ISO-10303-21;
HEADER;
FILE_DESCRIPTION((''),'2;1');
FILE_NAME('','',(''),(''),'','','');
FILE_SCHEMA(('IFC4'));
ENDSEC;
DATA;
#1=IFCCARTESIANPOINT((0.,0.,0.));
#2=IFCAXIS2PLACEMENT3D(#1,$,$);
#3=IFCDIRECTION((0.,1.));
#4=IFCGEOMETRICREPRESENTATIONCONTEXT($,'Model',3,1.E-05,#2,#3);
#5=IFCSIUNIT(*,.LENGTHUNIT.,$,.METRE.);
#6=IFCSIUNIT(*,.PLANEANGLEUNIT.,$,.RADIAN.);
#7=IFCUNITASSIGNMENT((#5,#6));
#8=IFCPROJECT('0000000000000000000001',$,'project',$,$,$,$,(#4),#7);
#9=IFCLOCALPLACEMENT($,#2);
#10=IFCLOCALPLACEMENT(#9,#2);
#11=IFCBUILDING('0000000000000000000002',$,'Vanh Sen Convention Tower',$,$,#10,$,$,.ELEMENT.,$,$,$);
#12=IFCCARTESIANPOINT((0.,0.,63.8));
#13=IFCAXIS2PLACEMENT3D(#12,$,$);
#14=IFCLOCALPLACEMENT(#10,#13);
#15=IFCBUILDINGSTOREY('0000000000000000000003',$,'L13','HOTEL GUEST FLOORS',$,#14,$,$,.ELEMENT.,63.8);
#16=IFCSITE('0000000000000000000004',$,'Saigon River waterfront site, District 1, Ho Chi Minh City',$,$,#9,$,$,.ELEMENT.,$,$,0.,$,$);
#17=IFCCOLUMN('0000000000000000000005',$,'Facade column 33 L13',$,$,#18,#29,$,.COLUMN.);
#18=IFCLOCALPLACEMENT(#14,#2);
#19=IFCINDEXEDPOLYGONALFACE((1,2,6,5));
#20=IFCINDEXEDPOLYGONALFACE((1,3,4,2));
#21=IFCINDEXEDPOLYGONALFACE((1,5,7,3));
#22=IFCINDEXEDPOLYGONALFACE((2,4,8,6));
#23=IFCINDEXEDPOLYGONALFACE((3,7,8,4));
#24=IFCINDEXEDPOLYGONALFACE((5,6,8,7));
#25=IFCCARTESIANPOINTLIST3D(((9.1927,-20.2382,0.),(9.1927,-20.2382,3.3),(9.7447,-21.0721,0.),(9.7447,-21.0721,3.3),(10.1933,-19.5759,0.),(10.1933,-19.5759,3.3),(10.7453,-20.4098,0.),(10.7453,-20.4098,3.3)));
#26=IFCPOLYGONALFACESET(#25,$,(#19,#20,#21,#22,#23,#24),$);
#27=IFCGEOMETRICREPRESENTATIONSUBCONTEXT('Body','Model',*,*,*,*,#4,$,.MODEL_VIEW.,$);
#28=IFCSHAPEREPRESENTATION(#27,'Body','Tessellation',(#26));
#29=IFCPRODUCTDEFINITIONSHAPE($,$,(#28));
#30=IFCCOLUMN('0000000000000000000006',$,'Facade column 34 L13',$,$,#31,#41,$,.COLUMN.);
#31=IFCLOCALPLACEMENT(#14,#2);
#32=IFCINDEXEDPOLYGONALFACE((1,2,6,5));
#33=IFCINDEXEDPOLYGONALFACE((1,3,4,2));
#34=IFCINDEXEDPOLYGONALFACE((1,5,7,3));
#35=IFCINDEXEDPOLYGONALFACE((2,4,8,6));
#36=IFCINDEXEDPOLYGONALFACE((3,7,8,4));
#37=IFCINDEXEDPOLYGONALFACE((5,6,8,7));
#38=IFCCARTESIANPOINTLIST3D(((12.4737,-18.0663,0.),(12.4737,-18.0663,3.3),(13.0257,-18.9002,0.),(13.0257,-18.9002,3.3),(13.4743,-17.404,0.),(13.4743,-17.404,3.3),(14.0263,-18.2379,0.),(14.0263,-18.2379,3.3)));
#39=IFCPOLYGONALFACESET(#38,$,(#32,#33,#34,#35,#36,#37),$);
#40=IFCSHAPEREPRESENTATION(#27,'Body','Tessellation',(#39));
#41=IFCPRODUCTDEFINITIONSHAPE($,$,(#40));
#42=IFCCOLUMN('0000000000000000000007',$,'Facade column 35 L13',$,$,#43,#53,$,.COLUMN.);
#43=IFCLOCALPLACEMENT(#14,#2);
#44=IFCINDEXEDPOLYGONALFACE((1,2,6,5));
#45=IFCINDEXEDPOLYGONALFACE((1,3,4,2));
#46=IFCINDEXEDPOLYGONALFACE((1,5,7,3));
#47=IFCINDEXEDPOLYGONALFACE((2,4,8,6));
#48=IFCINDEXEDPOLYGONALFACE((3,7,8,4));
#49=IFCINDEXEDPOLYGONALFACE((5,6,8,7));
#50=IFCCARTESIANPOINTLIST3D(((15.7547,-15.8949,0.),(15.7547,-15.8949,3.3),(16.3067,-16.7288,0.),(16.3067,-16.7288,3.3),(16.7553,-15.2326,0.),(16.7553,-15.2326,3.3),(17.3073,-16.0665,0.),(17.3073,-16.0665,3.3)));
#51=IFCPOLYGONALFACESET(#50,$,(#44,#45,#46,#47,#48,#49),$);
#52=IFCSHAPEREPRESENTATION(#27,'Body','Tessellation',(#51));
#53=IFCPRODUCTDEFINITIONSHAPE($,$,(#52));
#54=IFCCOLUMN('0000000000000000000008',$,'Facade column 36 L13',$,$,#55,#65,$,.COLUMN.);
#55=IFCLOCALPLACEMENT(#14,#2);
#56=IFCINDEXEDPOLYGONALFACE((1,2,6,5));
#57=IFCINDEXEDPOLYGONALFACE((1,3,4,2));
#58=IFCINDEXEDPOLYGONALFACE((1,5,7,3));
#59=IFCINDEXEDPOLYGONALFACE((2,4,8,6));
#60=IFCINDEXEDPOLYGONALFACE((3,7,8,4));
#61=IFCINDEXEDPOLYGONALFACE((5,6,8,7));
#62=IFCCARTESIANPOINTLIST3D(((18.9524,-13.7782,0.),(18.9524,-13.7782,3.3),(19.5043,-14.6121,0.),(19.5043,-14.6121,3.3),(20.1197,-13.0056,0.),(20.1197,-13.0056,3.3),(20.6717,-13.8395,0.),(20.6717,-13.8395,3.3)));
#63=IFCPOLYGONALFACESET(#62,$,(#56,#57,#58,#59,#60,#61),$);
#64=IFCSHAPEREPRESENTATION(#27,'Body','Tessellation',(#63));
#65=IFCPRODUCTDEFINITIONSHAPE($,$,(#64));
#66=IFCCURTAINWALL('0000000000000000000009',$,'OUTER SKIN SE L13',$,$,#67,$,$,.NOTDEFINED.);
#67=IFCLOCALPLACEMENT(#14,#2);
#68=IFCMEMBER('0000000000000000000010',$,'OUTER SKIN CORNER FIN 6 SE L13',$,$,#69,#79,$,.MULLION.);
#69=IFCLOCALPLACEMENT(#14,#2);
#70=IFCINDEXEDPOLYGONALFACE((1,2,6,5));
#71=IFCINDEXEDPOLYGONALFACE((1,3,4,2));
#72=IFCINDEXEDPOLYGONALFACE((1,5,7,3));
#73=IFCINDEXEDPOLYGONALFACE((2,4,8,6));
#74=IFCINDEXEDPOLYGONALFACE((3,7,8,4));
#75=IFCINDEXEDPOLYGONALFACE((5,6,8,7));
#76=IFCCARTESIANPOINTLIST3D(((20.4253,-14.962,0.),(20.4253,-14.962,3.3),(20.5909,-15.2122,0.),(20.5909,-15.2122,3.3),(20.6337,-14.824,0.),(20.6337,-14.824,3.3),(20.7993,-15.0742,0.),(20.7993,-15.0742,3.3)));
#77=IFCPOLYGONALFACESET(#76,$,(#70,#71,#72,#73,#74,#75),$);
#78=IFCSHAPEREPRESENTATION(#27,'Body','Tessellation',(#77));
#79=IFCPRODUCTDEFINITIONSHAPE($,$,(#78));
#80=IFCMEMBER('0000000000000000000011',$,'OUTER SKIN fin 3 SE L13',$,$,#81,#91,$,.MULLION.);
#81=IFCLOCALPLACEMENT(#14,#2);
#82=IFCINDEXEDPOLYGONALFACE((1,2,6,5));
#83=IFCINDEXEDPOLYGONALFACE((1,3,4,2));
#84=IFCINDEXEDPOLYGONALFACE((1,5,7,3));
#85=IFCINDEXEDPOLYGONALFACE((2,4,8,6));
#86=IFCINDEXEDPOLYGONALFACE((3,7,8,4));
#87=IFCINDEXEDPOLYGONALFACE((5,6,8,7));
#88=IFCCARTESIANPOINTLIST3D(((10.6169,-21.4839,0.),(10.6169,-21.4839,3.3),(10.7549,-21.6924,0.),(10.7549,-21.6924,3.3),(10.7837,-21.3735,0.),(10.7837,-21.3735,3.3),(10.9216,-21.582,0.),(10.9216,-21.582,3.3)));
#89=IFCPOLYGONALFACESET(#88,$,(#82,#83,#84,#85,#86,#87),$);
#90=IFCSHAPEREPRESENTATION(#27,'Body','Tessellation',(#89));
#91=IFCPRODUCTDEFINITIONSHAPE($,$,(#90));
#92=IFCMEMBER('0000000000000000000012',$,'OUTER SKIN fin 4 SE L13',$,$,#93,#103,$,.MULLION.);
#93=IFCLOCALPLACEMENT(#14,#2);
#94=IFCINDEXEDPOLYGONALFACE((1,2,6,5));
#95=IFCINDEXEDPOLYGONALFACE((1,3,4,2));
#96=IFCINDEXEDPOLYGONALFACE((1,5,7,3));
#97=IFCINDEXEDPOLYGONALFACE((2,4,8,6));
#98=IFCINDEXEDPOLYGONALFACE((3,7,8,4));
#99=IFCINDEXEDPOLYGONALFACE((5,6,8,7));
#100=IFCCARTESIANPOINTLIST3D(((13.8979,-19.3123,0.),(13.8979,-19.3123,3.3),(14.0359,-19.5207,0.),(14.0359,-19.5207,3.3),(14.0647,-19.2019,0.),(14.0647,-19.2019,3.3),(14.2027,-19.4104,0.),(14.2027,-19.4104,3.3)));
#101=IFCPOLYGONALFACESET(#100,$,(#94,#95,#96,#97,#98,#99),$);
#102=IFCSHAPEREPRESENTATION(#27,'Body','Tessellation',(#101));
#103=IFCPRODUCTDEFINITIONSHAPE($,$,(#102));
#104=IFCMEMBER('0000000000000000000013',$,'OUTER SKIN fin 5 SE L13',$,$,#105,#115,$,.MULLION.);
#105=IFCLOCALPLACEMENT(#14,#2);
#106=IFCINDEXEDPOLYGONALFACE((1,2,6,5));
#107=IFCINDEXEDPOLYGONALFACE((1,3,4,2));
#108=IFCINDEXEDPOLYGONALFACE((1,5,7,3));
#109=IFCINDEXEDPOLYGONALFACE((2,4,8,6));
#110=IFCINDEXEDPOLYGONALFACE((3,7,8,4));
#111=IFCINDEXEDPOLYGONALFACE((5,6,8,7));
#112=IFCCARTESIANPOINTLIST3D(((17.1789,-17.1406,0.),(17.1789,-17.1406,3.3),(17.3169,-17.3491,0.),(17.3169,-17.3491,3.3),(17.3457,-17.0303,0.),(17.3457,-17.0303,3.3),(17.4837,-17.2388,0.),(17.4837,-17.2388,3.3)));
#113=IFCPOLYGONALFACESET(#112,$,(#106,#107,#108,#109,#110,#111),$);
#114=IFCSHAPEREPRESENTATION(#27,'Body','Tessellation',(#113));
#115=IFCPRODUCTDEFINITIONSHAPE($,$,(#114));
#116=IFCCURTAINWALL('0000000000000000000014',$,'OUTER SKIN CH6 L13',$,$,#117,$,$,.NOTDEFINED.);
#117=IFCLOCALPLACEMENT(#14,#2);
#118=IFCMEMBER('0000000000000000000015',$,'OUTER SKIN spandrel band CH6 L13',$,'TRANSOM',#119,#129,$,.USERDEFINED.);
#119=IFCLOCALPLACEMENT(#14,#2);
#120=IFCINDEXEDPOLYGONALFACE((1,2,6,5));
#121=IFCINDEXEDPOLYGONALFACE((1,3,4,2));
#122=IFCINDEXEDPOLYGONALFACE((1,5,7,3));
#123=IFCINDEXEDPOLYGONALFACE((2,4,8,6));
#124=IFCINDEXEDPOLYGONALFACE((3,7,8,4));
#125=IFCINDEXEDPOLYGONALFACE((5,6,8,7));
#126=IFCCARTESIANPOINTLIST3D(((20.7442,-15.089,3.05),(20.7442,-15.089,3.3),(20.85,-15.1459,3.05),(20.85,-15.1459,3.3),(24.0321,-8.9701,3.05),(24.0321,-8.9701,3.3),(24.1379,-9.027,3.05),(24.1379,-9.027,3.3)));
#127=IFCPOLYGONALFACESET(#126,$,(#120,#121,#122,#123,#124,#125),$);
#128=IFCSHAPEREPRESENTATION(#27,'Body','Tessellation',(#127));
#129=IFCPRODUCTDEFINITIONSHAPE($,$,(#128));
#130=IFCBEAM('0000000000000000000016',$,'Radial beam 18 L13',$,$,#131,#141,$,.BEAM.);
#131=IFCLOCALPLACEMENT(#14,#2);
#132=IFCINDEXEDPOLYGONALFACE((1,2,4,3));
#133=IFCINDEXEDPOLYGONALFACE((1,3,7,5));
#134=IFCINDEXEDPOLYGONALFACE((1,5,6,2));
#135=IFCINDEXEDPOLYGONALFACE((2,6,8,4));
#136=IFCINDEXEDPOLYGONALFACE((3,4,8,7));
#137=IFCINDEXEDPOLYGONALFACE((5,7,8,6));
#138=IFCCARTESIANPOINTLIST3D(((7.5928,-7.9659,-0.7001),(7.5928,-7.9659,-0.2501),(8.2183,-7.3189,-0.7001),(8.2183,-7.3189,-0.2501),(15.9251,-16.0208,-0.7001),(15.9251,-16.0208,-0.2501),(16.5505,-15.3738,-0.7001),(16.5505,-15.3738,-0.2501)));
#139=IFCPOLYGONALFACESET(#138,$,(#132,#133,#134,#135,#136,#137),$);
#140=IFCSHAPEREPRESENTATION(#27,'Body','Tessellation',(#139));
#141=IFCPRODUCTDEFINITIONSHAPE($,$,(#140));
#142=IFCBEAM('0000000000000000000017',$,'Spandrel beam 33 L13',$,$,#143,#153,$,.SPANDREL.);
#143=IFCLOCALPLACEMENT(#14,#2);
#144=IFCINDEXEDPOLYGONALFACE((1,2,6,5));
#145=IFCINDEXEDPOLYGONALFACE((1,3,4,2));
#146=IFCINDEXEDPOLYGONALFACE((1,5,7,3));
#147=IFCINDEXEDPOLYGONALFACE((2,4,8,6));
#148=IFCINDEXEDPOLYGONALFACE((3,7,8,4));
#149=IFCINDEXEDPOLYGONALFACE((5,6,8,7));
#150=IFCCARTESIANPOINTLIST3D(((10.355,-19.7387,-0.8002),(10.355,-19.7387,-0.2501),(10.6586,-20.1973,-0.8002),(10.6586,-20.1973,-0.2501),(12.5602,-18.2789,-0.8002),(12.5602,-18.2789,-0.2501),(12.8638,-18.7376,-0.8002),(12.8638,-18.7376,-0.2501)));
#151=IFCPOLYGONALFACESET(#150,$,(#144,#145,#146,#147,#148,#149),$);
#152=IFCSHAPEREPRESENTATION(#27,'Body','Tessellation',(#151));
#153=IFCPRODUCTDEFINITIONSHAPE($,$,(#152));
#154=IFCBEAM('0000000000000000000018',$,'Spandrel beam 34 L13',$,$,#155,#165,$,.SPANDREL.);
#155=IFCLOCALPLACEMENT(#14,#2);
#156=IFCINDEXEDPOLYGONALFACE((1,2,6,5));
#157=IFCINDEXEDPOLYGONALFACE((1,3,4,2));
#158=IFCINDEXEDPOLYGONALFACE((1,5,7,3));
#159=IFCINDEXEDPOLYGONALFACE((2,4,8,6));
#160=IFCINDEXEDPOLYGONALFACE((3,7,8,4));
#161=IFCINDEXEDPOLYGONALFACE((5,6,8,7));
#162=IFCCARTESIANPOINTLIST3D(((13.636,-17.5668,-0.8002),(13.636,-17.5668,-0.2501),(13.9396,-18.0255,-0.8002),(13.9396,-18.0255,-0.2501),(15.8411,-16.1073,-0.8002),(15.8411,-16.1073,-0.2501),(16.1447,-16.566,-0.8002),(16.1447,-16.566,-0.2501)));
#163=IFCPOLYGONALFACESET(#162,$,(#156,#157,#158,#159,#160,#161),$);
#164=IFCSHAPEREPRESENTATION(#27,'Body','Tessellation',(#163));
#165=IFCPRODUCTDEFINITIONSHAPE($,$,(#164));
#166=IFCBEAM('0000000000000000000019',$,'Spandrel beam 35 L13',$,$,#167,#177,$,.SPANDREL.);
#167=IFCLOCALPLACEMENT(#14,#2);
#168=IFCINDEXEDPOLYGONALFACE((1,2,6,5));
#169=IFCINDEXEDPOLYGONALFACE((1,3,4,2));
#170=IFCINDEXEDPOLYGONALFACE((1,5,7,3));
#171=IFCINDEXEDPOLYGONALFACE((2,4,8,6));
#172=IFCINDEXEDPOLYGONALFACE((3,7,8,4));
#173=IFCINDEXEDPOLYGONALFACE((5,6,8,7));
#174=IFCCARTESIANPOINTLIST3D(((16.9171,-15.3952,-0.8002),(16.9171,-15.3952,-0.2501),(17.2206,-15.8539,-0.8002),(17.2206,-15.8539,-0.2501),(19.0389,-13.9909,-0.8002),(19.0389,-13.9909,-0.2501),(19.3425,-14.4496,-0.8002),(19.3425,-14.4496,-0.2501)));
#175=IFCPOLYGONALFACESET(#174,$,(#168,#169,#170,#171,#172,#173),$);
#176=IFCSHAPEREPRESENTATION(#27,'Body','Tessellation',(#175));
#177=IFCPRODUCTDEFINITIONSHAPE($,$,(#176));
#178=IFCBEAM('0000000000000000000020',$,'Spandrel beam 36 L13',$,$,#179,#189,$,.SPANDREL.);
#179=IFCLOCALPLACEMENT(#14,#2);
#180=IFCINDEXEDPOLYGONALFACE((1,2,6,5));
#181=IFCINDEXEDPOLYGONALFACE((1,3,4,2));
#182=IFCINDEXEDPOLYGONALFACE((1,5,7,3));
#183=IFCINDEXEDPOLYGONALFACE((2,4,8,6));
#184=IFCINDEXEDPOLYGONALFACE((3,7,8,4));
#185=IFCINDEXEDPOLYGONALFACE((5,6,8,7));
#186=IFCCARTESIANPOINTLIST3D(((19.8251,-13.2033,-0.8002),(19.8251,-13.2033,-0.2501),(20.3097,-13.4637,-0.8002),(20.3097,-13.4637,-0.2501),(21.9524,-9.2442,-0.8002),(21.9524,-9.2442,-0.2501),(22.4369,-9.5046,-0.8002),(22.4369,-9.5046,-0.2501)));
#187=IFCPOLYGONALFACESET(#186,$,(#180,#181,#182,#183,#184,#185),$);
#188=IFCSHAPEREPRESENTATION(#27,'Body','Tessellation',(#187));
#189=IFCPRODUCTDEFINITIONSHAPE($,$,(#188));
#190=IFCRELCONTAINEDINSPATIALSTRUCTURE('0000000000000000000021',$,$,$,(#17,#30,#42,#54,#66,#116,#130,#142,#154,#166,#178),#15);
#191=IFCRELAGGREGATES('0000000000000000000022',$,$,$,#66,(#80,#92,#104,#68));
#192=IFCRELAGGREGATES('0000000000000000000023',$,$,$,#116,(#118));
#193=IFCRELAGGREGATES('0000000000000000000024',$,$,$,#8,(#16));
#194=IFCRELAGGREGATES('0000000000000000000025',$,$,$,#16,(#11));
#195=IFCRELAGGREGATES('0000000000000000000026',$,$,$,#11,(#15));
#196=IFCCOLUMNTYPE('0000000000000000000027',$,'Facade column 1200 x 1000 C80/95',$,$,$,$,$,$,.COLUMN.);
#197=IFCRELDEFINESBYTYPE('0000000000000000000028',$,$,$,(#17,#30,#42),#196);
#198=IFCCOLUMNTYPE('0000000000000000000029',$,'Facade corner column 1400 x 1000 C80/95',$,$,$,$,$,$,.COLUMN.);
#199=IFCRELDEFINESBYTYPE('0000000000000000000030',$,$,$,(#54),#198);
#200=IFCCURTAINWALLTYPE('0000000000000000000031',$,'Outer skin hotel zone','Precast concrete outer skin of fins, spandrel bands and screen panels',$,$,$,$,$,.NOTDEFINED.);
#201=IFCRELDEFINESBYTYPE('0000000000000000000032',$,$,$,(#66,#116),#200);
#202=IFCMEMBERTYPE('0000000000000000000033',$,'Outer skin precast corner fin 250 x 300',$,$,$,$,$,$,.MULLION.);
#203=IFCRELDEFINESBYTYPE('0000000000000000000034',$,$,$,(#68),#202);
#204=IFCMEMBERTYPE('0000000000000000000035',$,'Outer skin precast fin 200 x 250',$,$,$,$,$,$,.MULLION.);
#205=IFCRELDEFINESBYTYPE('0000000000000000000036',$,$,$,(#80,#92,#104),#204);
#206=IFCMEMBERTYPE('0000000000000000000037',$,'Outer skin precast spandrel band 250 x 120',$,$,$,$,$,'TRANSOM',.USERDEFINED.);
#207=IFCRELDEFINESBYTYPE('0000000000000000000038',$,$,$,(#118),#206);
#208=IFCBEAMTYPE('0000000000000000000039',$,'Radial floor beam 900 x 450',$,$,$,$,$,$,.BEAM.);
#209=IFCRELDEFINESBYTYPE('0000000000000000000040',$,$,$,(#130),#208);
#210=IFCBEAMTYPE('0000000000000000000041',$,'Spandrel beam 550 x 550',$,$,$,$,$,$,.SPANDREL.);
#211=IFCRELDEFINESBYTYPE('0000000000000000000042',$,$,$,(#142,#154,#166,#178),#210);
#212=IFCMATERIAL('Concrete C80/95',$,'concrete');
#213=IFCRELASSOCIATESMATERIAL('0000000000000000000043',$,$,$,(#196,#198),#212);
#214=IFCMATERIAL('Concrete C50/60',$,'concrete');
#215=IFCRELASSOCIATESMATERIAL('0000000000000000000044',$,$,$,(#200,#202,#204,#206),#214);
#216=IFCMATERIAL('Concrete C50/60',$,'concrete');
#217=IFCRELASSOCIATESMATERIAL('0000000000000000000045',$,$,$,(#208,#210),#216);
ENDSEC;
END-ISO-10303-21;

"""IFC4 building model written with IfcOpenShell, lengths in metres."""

from ifc_helpers import new_model, si_unit, direction, frame, origin, origin_2d, place, context, subcontext, project, spatial, rectangle, extrude, material, material_profile, profile_set, type_object, element, aggregate, save


model = new_model("IFC4")

# Units and contexts
model_context = context("Model", 3, precision=1e-05, world=origin(), true_north=direction((0.0, 1.0)))
body_context = subcontext(model_context, "Body", "Model", "MODEL_VIEW")
ifc_project = project(units=[si_unit("LENGTHUNIT", "METRE"), si_unit("PLANEANGLEUNIT", "RADIAN")], contexts=[model_context])

# Site, building, storey
site_placement = place(None, origin())
site = spatial("IfcSite", under=ifc_project, at=site_placement, Name="Saigon River waterfront site, District 1, Ho Chi Minh City", CompositionType="ELEMENT", RefElevation=0.0)
building_placement = place(site_placement, origin())
building = spatial("IfcBuilding", under=site, at=building_placement, Name="Vanh Sen Convention Tower", CompositionType="ELEMENT")
storey_placement = place(building_placement, frame((0.0, 0.0, 63.8)))
storey = spatial("IfcBuildingStorey", under=building, at=storey_placement, Name="L13", Description="HOTEL GUEST FLOORS", CompositionType="ELEMENT", Elevation=63.8)

# Columns
ifc_material_1 = material(Name="Concrete C80/95", Category="concrete")
ifc_material_profile_1 = material_profile(ifc_material_1, rectangle(XDim=1.2, YDim=1.0, at=origin_2d()), Name="RC 1200X1000")
ifc_profile_set_1 = profile_set([ifc_material_profile_1], Name="Concrete C80/95")
column_type_1 = type_object("IfcColumnType", Name="Facade column 1200 x 1000 C80/95", PredefinedType="COLUMN", material=ifc_profile_set_1)
for number, where, z_axis, x_axis, name in (
    (1, (9.969, -20.324, 0.0), (0.0, 0.0, 1.0), (0.833886, 0.551937, 0.0), "Facade column 33 L13"),
    (2, (13.25, -18.1521, 0.0), (0.0, 0.0, 1.0), (0.833886, 0.551937, 0.0), "Facade column 34 L13"),
    (3, (16.531, -15.9807, 0.0), (0.0, 0.0, 1.0), (0.833886, 0.551937, 0.0), "Facade column 35 L13"),
):
    element("IfcColumn", number, at=place(storey_placement, frame(where, z_axis=z_axis, x_axis=x_axis)), inside=storey, type_object=column_type_1, Name=name, PredefinedType="COLUMN", context=body_context, shape_type="SweptSolid", body=[
        extrude(rectangle(XDim=1.2, YDim=1.0, at=origin_2d()), origin(), (0.0, 0.0, 1.0), 3.3),
    ])
ifc_material_profile_2 = material_profile(ifc_material_1, rectangle(XDim=1.3999, YDim=1.0, at=origin_2d()), Name="RC 1400X1000")
ifc_profile_set_2 = profile_set([ifc_material_profile_2], Name="Concrete C80/95")
column_type_2 = type_object("IfcColumnType", Name="Facade corner column 1400 x 1000 C80/95", PredefinedType="COLUMN", material=ifc_profile_set_2)
column_placement = place(storey_placement, frame((19.812, -13.8088, 0.0), z_axis=(0.0, 0.0, 1.0), x_axis=(0.833886, 0.551937, 0.0)))
element("IfcColumn", 4, at=column_placement, inside=storey, type_object=column_type_2, Name="Facade column 36 L13", PredefinedType="COLUMN", context=body_context, shape_type="SweptSolid", body=[
    extrude(rectangle(XDim=1.3999, YDim=1.0, at=origin_2d()), origin(), (0.0, 0.0, 1.0), 3.3),
])

# Curtain wall, members
ifc_material_2 = material(Name="Concrete C50/60", Category="concrete")
curtain_wall_type = type_object("IfcCurtainWallType", Name="Outer skin hotel zone", Description="Precast concrete outer skin of fins, spandrel bands and screen panels", PredefinedType="NOTDEFINED", material=ifc_material_2)
curtain_wall_1_placement = place(storey_placement, origin())
curtain_wall_1 = element("IfcCurtainWall", 5, at=curtain_wall_1_placement, inside=storey, type_object=curtain_wall_type, Name="OUTER SKIN SE L13", PredefinedType="NOTDEFINED")
ifc_material_profile_3 = material_profile(ifc_material_2, rectangle(XDim=0.25, YDim=0.3, at=origin_2d()), Name="Outer skin precast corner fin 250 x 300")
ifc_profile_set_3 = profile_set([ifc_material_profile_3], Name="Concrete C50/60")
member_type_1 = type_object("IfcMemberType", Name="Outer skin precast corner fin 250 x 300", PredefinedType="MULLION", material=ifc_profile_set_3)
member_1_placement = place(storey_placement, frame((20.6123, -15.0181, 0.0), z_axis=(0.0, 0.0, 1.0), x_axis=(0.833886, 0.551937, 0.0)))
member_1 = element("IfcMember", 6, at=member_1_placement, type_object=member_type_1, Name="OUTER SKIN CORNER FIN 6 SE L13", PredefinedType="MULLION", context=body_context, shape_type="SweptSolid", body=[
    extrude(rectangle(XDim=0.25, YDim=0.3, at=origin_2d()), origin(), (0.0, 0.0, 1.0), 3.3),
])
ifc_material_profile_4 = material_profile(ifc_material_2, rectangle(XDim=0.2, YDim=0.25, at=origin_2d()), Name="Outer skin precast fin 200 x 250")
ifc_profile_set_4 = profile_set([ifc_material_profile_4], Name="Concrete C50/60")
member_type_2 = type_object("IfcMemberType", Name="Outer skin precast fin 200 x 250", PredefinedType="MULLION", material=ifc_profile_set_4)
member_2_placement = place(storey_placement, frame((10.7693, -21.533, 0.0), z_axis=(0.0, 0.0, 1.0), x_axis=(0.833886, 0.551937, 0.0)))
member_2 = element("IfcMember", 7, at=member_2_placement, type_object=member_type_2, Name="OUTER SKIN fin 3 SE L13", PredefinedType="MULLION", context=body_context, shape_type="SweptSolid", body=[
    extrude(rectangle(XDim=0.2, YDim=0.25, at=origin_2d()), origin(), (0.0, 0.0, 1.0), 3.3),
])
member_3_placement = place(storey_placement, frame((14.0503, -19.3613, 0.0), z_axis=(0.0, 0.0, 1.0), x_axis=(0.833886, 0.551937, 0.0)))
member_3 = element("IfcMember", 8, at=member_3_placement, type_object=member_type_2, Name="OUTER SKIN fin 4 SE L13", PredefinedType="MULLION", context=body_context, shape_type="SweptSolid", body=[
    extrude(rectangle(XDim=0.2, YDim=0.25, at=origin_2d()), origin(), (0.0, 0.0, 1.0), 3.3),
])
member_4_placement = place(storey_placement, frame((17.3313, -17.1897, 0.0), z_axis=(0.0, 0.0, 1.0), x_axis=(0.833886, 0.551937, 0.0)))
member_4 = element("IfcMember", 9, at=member_4_placement, type_object=member_type_2, Name="OUTER SKIN fin 5 SE L13", PredefinedType="MULLION", context=body_context, shape_type="SweptSolid", body=[
    extrude(rectangle(XDim=0.2, YDim=0.25, at=origin_2d()), origin(), (0.0, 0.0, 1.0), 3.3),
])

# Curtain wall, member
curtain_wall_2_placement = place(storey_placement, origin())
curtain_wall_2 = element("IfcCurtainWall", 10, at=curtain_wall_2_placement, inside=storey, type_object=curtain_wall_type, Name="OUTER SKIN CH6 L13", PredefinedType="NOTDEFINED")
ifc_material_profile_5 = material_profile(ifc_material_2, rectangle(XDim=0.1201, YDim=0.25, at=origin_2d()), Name="Outer skin precast spandrel band 250 x 120")
ifc_profile_set_5 = profile_set([ifc_material_profile_5], Name="Concrete C50/60")
member_type_3 = type_object("IfcMemberType", Name="Outer skin precast spandrel band 250 x 120", ElementType="TRANSOM", PredefinedType="USERDEFINED", material=ifc_profile_set_5)
member_5_placement = place(storey_placement, frame((20.7971, -15.1174, 3.175), z_axis=(0.473324, 0.880888, 0.0), x_axis=(-0.880888, 0.473324, 0.0)))
member_5 = element("IfcMember", 11, at=member_5_placement, type_object=member_type_3, Name="OUTER SKIN spandrel band CH6 L13", ObjectType="TRANSOM", PredefinedType="USERDEFINED", context=body_context, shape_type="SweptSolid", body=[
    extrude(rectangle(XDim=0.1201, YDim=0.25, at=origin_2d()), origin(), (0.0, 0.0, 1.0), 6.9463),
])

# Beams
ifc_material_3 = material(Name="Concrete C50/60", Category="concrete")
ifc_material_profile_6 = material_profile(ifc_material_3, rectangle(XDim=0.8999, YDim=0.45, at=origin_2d()), Name="RC 900X450")
ifc_profile_set_6 = profile_set([ifc_material_profile_6], Name="Concrete C50/60")
beam_type_1 = type_object("IfcBeamType", Name="Radial floor beam 900 x 450", PredefinedType="BEAM", material=ifc_profile_set_6)
beam_1_placement = place(storey_placement, frame((16.2378, -15.6973, -0.4751), z_axis=(-0.718971, 0.69504, 0.0), x_axis=(-0.69504, -0.718971, 0.0)))
element("IfcBeam", 12, at=beam_1_placement, inside=storey, type_object=beam_type_1, Name="Radial beam 18 L13", PredefinedType="BEAM", context=body_context, shape_type="SweptSolid", body=[
    extrude(rectangle(XDim=0.8999, YDim=0.45, at=origin_2d()), origin(), (0.0, 0.0, 1.0), 11.5891),
])
ifc_material_profile_7 = material_profile(ifc_material_3, rectangle(XDim=0.55, YDim=0.55, at=origin_2d()), Name="RC 550X550")
ifc_profile_set_7 = profile_set([ifc_material_profile_7], Name="Concrete C50/60")
beam_type_2 = type_object("IfcBeamType", Name="Spandrel beam 550 x 550", PredefinedType="SPANDREL", material=ifc_profile_set_7)
beam_2_placement = place(storey_placement, frame((10.5068, -19.968, -0.5251), z_axis=(0.83385, 0.551992, 0.0), x_axis=(-0.551992, 0.83385, 0.0)))
element("IfcBeam", 13, at=beam_2_placement, inside=storey, type_object=beam_type_2, Name="Spandrel beam 33 L13", PredefinedType="SPANDREL", context=body_context, shape_type="SweptSolid", body=[
    extrude(rectangle(XDim=0.55, YDim=0.55, at=origin_2d()), origin(), (0.0, 0.0, 1.0), 2.6445),
])
beam_3_placement = place(storey_placement, frame((13.7878, -17.7961, -0.5251), z_axis=(0.833892, 0.551927, 0.0), x_axis=(-0.551927, 0.833892, 0.0)))
element("IfcBeam", 14, at=beam_3_placement, inside=storey, type_object=beam_type_2, Name="Spandrel beam 34 L13", PredefinedType="SPANDREL", context=body_context, shape_type="SweptSolid", body=[
    extrude(rectangle(XDim=0.55, YDim=0.55, at=origin_2d()), origin(), (0.0, 0.0, 1.0), 2.6443),
])
beam_4_placement = place(storey_placement, frame((17.0688, -15.6245, -0.5251), z_axis=(0.833906, 0.551907, 0.0), x_axis=(-0.551907, 0.833906, 0.0)))
element("IfcBeam", 15, at=beam_4_placement, inside=storey, type_object=beam_type_2, Name="Spandrel beam 35 L13", PredefinedType="SPANDREL", context=body_context, shape_type="SweptSolid", body=[
    extrude(rectangle(XDim=0.55, YDim=0.55, at=origin_2d()), origin(), (0.0, 0.0, 1.0), 2.5444),
])
beam_5_placement = place(storey_placement, frame((20.0674, -13.3335, -0.5251), z_axis=(0.473312, 0.880895, 0.0), x_axis=(-0.880895, 0.473312, 0.0)))
element("IfcBeam", 16, at=beam_5_placement, inside=storey, type_object=beam_type_2, Name="Spandrel beam 36 L13", PredefinedType="SPANDREL", context=body_context, shape_type="SweptSolid", body=[
    extrude(rectangle(XDim=0.55, YDim=0.55, at=origin_2d()), origin(), (0.0, 0.0, 1.0), 4.4944),
])

aggregate(curtain_wall_1, [member_2, member_3, member_4, member_1])
aggregate(curtain_wall_2, [member_5])

save(model, "model.ifc")
